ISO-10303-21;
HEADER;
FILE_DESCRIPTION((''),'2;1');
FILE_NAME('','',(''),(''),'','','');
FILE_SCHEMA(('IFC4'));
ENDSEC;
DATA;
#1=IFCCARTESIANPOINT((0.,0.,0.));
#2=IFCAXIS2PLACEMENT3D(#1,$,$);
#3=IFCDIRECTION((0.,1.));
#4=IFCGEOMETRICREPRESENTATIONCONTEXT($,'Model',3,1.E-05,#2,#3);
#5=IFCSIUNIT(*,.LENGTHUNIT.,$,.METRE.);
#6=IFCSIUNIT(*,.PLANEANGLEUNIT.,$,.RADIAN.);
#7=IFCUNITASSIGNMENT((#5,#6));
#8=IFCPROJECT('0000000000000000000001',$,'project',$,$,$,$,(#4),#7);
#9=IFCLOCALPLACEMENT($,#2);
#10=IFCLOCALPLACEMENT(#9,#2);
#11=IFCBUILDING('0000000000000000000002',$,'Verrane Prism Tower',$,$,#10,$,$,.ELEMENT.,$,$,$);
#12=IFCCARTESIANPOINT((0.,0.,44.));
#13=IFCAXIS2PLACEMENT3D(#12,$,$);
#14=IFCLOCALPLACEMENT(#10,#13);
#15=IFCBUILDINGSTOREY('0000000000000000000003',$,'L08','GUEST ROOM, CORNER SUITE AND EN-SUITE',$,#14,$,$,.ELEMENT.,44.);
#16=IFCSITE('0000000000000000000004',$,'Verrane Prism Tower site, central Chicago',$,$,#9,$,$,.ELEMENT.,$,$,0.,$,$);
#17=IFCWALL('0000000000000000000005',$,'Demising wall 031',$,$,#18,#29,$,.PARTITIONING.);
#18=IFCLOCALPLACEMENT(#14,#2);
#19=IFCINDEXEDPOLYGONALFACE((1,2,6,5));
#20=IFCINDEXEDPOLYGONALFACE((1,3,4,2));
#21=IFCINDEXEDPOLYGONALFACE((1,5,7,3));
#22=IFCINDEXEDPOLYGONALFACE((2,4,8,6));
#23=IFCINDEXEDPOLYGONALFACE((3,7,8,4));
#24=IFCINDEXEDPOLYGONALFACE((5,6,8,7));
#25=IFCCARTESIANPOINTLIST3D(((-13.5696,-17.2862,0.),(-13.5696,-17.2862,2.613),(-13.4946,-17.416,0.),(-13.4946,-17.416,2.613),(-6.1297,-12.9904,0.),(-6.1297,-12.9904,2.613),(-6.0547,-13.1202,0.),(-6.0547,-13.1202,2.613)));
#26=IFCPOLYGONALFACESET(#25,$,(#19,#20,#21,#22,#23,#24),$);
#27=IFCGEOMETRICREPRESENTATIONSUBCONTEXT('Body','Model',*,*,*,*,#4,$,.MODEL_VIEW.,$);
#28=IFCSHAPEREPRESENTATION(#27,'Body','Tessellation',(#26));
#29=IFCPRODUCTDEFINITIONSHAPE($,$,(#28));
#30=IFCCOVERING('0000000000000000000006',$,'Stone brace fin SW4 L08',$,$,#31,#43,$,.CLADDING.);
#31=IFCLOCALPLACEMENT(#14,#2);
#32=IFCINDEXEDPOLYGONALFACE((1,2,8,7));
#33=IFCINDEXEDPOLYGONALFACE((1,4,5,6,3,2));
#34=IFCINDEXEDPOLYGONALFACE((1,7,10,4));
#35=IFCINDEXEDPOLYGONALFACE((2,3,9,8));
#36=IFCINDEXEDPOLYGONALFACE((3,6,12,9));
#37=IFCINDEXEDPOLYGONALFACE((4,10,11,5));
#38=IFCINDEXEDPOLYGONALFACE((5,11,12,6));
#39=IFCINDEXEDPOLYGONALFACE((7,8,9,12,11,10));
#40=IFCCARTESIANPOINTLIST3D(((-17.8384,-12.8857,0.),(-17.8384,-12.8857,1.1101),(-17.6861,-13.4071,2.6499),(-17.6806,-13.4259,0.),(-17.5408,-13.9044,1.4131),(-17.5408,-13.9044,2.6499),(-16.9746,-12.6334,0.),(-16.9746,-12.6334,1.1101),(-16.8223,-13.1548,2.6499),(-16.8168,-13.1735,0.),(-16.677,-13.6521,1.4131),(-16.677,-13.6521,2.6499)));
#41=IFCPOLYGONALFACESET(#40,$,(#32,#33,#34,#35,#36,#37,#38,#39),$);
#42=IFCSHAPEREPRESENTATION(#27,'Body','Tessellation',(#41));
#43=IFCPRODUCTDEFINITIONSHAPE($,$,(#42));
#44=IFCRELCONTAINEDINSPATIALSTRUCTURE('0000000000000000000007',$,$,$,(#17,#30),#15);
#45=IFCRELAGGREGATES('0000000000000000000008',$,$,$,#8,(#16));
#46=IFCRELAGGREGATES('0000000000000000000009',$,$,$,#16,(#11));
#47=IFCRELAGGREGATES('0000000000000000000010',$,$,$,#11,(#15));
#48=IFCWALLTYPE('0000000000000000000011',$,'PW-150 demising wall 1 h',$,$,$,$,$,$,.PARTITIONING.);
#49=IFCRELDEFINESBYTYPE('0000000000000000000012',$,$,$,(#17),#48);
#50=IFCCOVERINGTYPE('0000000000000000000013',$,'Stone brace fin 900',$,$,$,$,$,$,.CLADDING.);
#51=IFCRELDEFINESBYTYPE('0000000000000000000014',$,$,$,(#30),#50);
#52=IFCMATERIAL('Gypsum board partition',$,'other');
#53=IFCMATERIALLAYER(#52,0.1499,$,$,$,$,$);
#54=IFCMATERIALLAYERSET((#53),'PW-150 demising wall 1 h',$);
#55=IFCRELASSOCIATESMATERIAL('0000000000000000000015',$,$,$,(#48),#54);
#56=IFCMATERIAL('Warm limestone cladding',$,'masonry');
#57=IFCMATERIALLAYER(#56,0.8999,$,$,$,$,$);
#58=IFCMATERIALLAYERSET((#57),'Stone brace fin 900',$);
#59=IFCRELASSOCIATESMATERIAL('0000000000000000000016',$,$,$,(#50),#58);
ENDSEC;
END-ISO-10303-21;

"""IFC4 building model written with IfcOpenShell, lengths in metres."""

from ifc_helpers import new_model, si_unit, direction, frame, frame_2d, origin, place, context, subcontext, project, spatial, polyline, rectangle, outline, extrude, material, layer, layer_set, type_object, element, save


model = new_model("IFC4")

# Units and contexts
model_context = context("Model", 3, precision=1e-05, world=origin(), true_north=direction((0.0, 1.0)))
body_context = subcontext(model_context, "Body", "Model", "MODEL_VIEW")
ifc_project = project(units=[si_unit("LENGTHUNIT", "METRE"), si_unit("PLANEANGLEUNIT", "RADIAN")], contexts=[model_context])

# Site, building, storey
site_placement = place(None, origin())
site = spatial("IfcSite", under=ifc_project, at=site_placement, Name="Verrane Prism Tower site, central Chicago", CompositionType="ELEMENT", RefElevation=0.0)
building_placement = place(site_placement, origin())
building = spatial("IfcBuilding", under=site, at=building_placement, Name="Verrane Prism Tower", CompositionType="ELEMENT")
storey_placement = place(building_placement, frame((0.0, 0.0, 44.0)))
storey = spatial("IfcBuildingStorey", under=building, at=storey_placement, Name="L08", Description="GUEST ROOM, CORNER SUITE AND EN-SUITE", CompositionType="ELEMENT", Elevation=44.0)

# Wall
ifc_material_1 = material(Name="Gypsum board partition", Category="other")
ifc_layer_1 = layer(ifc_material_1, 0.1499)
ifc_layer_set_1 = layer_set([ifc_layer_1], Name="PW-150 demising wall 1 h")
wall_type = type_object("IfcWallType", Name="PW-150 demising wall 1 h", PredefinedType="PARTITIONING", material=ifc_layer_set_1)
wall_1_placement = place(storey_placement, frame((-13.532, -17.3511, 0.0), z_axis=(0.0, 0.0, 1.0), x_axis=(0.866003, 0.500039, 0.0)))
element("IfcWall", 1, at=wall_1_placement, inside=storey, type_object=wall_type, Name="Demising wall 031", PredefinedType="PARTITIONING", context=body_context, shape_type="SweptSolid", body=[
    extrude(rectangle(XDim=8.5911, YDim=0.1499, at=frame_2d((4.2954, 0.0))), origin(), (0.0, 0.0, 1.0), 2.613),
])

# Covering
ifc_material_2 = material(Name="Warm limestone cladding", Category="masonry")
ifc_layer_2 = layer(ifc_material_2, 0.8999)
ifc_layer_set_2 = layer_set([ifc_layer_2], Name="Stone brace fin 900")
covering_type = type_object("IfcCoveringType", Name="Stone brace fin 900", PredefinedType="CLADDING", material=ifc_layer_set_2)
covering_placement = place(storey_placement, frame((-17.4065, -12.7595, 0.0), z_axis=(0.0, 0.0, 1.0), x_axis=(0.280397, -0.959884, 0.0)))
element("IfcCovering", 2, at=covering_placement, inside=storey, type_object=covering_type, Name="Stone brace fin SW4 L08", PredefinedType="CLADDING", context=body_context, shape_type="SweptSolid", body=[
    extrude(outline(polyline([(1.0613, 2.6499), (0.5432, 2.6499), (0.0, 1.1101), (0.0, 0.0), (0.5627, 0.0), (1.0613, 1.4131), (1.0613, 2.6499)])), frame((0.0, 0.45, 0.0), z_axis=(0.0, -1.0, 0.0), x_axis=(1.0, 0.0, 0.0)), (0.0, 0.0, 1.0), 0.8999),
])

save(model, "model.ifc")
